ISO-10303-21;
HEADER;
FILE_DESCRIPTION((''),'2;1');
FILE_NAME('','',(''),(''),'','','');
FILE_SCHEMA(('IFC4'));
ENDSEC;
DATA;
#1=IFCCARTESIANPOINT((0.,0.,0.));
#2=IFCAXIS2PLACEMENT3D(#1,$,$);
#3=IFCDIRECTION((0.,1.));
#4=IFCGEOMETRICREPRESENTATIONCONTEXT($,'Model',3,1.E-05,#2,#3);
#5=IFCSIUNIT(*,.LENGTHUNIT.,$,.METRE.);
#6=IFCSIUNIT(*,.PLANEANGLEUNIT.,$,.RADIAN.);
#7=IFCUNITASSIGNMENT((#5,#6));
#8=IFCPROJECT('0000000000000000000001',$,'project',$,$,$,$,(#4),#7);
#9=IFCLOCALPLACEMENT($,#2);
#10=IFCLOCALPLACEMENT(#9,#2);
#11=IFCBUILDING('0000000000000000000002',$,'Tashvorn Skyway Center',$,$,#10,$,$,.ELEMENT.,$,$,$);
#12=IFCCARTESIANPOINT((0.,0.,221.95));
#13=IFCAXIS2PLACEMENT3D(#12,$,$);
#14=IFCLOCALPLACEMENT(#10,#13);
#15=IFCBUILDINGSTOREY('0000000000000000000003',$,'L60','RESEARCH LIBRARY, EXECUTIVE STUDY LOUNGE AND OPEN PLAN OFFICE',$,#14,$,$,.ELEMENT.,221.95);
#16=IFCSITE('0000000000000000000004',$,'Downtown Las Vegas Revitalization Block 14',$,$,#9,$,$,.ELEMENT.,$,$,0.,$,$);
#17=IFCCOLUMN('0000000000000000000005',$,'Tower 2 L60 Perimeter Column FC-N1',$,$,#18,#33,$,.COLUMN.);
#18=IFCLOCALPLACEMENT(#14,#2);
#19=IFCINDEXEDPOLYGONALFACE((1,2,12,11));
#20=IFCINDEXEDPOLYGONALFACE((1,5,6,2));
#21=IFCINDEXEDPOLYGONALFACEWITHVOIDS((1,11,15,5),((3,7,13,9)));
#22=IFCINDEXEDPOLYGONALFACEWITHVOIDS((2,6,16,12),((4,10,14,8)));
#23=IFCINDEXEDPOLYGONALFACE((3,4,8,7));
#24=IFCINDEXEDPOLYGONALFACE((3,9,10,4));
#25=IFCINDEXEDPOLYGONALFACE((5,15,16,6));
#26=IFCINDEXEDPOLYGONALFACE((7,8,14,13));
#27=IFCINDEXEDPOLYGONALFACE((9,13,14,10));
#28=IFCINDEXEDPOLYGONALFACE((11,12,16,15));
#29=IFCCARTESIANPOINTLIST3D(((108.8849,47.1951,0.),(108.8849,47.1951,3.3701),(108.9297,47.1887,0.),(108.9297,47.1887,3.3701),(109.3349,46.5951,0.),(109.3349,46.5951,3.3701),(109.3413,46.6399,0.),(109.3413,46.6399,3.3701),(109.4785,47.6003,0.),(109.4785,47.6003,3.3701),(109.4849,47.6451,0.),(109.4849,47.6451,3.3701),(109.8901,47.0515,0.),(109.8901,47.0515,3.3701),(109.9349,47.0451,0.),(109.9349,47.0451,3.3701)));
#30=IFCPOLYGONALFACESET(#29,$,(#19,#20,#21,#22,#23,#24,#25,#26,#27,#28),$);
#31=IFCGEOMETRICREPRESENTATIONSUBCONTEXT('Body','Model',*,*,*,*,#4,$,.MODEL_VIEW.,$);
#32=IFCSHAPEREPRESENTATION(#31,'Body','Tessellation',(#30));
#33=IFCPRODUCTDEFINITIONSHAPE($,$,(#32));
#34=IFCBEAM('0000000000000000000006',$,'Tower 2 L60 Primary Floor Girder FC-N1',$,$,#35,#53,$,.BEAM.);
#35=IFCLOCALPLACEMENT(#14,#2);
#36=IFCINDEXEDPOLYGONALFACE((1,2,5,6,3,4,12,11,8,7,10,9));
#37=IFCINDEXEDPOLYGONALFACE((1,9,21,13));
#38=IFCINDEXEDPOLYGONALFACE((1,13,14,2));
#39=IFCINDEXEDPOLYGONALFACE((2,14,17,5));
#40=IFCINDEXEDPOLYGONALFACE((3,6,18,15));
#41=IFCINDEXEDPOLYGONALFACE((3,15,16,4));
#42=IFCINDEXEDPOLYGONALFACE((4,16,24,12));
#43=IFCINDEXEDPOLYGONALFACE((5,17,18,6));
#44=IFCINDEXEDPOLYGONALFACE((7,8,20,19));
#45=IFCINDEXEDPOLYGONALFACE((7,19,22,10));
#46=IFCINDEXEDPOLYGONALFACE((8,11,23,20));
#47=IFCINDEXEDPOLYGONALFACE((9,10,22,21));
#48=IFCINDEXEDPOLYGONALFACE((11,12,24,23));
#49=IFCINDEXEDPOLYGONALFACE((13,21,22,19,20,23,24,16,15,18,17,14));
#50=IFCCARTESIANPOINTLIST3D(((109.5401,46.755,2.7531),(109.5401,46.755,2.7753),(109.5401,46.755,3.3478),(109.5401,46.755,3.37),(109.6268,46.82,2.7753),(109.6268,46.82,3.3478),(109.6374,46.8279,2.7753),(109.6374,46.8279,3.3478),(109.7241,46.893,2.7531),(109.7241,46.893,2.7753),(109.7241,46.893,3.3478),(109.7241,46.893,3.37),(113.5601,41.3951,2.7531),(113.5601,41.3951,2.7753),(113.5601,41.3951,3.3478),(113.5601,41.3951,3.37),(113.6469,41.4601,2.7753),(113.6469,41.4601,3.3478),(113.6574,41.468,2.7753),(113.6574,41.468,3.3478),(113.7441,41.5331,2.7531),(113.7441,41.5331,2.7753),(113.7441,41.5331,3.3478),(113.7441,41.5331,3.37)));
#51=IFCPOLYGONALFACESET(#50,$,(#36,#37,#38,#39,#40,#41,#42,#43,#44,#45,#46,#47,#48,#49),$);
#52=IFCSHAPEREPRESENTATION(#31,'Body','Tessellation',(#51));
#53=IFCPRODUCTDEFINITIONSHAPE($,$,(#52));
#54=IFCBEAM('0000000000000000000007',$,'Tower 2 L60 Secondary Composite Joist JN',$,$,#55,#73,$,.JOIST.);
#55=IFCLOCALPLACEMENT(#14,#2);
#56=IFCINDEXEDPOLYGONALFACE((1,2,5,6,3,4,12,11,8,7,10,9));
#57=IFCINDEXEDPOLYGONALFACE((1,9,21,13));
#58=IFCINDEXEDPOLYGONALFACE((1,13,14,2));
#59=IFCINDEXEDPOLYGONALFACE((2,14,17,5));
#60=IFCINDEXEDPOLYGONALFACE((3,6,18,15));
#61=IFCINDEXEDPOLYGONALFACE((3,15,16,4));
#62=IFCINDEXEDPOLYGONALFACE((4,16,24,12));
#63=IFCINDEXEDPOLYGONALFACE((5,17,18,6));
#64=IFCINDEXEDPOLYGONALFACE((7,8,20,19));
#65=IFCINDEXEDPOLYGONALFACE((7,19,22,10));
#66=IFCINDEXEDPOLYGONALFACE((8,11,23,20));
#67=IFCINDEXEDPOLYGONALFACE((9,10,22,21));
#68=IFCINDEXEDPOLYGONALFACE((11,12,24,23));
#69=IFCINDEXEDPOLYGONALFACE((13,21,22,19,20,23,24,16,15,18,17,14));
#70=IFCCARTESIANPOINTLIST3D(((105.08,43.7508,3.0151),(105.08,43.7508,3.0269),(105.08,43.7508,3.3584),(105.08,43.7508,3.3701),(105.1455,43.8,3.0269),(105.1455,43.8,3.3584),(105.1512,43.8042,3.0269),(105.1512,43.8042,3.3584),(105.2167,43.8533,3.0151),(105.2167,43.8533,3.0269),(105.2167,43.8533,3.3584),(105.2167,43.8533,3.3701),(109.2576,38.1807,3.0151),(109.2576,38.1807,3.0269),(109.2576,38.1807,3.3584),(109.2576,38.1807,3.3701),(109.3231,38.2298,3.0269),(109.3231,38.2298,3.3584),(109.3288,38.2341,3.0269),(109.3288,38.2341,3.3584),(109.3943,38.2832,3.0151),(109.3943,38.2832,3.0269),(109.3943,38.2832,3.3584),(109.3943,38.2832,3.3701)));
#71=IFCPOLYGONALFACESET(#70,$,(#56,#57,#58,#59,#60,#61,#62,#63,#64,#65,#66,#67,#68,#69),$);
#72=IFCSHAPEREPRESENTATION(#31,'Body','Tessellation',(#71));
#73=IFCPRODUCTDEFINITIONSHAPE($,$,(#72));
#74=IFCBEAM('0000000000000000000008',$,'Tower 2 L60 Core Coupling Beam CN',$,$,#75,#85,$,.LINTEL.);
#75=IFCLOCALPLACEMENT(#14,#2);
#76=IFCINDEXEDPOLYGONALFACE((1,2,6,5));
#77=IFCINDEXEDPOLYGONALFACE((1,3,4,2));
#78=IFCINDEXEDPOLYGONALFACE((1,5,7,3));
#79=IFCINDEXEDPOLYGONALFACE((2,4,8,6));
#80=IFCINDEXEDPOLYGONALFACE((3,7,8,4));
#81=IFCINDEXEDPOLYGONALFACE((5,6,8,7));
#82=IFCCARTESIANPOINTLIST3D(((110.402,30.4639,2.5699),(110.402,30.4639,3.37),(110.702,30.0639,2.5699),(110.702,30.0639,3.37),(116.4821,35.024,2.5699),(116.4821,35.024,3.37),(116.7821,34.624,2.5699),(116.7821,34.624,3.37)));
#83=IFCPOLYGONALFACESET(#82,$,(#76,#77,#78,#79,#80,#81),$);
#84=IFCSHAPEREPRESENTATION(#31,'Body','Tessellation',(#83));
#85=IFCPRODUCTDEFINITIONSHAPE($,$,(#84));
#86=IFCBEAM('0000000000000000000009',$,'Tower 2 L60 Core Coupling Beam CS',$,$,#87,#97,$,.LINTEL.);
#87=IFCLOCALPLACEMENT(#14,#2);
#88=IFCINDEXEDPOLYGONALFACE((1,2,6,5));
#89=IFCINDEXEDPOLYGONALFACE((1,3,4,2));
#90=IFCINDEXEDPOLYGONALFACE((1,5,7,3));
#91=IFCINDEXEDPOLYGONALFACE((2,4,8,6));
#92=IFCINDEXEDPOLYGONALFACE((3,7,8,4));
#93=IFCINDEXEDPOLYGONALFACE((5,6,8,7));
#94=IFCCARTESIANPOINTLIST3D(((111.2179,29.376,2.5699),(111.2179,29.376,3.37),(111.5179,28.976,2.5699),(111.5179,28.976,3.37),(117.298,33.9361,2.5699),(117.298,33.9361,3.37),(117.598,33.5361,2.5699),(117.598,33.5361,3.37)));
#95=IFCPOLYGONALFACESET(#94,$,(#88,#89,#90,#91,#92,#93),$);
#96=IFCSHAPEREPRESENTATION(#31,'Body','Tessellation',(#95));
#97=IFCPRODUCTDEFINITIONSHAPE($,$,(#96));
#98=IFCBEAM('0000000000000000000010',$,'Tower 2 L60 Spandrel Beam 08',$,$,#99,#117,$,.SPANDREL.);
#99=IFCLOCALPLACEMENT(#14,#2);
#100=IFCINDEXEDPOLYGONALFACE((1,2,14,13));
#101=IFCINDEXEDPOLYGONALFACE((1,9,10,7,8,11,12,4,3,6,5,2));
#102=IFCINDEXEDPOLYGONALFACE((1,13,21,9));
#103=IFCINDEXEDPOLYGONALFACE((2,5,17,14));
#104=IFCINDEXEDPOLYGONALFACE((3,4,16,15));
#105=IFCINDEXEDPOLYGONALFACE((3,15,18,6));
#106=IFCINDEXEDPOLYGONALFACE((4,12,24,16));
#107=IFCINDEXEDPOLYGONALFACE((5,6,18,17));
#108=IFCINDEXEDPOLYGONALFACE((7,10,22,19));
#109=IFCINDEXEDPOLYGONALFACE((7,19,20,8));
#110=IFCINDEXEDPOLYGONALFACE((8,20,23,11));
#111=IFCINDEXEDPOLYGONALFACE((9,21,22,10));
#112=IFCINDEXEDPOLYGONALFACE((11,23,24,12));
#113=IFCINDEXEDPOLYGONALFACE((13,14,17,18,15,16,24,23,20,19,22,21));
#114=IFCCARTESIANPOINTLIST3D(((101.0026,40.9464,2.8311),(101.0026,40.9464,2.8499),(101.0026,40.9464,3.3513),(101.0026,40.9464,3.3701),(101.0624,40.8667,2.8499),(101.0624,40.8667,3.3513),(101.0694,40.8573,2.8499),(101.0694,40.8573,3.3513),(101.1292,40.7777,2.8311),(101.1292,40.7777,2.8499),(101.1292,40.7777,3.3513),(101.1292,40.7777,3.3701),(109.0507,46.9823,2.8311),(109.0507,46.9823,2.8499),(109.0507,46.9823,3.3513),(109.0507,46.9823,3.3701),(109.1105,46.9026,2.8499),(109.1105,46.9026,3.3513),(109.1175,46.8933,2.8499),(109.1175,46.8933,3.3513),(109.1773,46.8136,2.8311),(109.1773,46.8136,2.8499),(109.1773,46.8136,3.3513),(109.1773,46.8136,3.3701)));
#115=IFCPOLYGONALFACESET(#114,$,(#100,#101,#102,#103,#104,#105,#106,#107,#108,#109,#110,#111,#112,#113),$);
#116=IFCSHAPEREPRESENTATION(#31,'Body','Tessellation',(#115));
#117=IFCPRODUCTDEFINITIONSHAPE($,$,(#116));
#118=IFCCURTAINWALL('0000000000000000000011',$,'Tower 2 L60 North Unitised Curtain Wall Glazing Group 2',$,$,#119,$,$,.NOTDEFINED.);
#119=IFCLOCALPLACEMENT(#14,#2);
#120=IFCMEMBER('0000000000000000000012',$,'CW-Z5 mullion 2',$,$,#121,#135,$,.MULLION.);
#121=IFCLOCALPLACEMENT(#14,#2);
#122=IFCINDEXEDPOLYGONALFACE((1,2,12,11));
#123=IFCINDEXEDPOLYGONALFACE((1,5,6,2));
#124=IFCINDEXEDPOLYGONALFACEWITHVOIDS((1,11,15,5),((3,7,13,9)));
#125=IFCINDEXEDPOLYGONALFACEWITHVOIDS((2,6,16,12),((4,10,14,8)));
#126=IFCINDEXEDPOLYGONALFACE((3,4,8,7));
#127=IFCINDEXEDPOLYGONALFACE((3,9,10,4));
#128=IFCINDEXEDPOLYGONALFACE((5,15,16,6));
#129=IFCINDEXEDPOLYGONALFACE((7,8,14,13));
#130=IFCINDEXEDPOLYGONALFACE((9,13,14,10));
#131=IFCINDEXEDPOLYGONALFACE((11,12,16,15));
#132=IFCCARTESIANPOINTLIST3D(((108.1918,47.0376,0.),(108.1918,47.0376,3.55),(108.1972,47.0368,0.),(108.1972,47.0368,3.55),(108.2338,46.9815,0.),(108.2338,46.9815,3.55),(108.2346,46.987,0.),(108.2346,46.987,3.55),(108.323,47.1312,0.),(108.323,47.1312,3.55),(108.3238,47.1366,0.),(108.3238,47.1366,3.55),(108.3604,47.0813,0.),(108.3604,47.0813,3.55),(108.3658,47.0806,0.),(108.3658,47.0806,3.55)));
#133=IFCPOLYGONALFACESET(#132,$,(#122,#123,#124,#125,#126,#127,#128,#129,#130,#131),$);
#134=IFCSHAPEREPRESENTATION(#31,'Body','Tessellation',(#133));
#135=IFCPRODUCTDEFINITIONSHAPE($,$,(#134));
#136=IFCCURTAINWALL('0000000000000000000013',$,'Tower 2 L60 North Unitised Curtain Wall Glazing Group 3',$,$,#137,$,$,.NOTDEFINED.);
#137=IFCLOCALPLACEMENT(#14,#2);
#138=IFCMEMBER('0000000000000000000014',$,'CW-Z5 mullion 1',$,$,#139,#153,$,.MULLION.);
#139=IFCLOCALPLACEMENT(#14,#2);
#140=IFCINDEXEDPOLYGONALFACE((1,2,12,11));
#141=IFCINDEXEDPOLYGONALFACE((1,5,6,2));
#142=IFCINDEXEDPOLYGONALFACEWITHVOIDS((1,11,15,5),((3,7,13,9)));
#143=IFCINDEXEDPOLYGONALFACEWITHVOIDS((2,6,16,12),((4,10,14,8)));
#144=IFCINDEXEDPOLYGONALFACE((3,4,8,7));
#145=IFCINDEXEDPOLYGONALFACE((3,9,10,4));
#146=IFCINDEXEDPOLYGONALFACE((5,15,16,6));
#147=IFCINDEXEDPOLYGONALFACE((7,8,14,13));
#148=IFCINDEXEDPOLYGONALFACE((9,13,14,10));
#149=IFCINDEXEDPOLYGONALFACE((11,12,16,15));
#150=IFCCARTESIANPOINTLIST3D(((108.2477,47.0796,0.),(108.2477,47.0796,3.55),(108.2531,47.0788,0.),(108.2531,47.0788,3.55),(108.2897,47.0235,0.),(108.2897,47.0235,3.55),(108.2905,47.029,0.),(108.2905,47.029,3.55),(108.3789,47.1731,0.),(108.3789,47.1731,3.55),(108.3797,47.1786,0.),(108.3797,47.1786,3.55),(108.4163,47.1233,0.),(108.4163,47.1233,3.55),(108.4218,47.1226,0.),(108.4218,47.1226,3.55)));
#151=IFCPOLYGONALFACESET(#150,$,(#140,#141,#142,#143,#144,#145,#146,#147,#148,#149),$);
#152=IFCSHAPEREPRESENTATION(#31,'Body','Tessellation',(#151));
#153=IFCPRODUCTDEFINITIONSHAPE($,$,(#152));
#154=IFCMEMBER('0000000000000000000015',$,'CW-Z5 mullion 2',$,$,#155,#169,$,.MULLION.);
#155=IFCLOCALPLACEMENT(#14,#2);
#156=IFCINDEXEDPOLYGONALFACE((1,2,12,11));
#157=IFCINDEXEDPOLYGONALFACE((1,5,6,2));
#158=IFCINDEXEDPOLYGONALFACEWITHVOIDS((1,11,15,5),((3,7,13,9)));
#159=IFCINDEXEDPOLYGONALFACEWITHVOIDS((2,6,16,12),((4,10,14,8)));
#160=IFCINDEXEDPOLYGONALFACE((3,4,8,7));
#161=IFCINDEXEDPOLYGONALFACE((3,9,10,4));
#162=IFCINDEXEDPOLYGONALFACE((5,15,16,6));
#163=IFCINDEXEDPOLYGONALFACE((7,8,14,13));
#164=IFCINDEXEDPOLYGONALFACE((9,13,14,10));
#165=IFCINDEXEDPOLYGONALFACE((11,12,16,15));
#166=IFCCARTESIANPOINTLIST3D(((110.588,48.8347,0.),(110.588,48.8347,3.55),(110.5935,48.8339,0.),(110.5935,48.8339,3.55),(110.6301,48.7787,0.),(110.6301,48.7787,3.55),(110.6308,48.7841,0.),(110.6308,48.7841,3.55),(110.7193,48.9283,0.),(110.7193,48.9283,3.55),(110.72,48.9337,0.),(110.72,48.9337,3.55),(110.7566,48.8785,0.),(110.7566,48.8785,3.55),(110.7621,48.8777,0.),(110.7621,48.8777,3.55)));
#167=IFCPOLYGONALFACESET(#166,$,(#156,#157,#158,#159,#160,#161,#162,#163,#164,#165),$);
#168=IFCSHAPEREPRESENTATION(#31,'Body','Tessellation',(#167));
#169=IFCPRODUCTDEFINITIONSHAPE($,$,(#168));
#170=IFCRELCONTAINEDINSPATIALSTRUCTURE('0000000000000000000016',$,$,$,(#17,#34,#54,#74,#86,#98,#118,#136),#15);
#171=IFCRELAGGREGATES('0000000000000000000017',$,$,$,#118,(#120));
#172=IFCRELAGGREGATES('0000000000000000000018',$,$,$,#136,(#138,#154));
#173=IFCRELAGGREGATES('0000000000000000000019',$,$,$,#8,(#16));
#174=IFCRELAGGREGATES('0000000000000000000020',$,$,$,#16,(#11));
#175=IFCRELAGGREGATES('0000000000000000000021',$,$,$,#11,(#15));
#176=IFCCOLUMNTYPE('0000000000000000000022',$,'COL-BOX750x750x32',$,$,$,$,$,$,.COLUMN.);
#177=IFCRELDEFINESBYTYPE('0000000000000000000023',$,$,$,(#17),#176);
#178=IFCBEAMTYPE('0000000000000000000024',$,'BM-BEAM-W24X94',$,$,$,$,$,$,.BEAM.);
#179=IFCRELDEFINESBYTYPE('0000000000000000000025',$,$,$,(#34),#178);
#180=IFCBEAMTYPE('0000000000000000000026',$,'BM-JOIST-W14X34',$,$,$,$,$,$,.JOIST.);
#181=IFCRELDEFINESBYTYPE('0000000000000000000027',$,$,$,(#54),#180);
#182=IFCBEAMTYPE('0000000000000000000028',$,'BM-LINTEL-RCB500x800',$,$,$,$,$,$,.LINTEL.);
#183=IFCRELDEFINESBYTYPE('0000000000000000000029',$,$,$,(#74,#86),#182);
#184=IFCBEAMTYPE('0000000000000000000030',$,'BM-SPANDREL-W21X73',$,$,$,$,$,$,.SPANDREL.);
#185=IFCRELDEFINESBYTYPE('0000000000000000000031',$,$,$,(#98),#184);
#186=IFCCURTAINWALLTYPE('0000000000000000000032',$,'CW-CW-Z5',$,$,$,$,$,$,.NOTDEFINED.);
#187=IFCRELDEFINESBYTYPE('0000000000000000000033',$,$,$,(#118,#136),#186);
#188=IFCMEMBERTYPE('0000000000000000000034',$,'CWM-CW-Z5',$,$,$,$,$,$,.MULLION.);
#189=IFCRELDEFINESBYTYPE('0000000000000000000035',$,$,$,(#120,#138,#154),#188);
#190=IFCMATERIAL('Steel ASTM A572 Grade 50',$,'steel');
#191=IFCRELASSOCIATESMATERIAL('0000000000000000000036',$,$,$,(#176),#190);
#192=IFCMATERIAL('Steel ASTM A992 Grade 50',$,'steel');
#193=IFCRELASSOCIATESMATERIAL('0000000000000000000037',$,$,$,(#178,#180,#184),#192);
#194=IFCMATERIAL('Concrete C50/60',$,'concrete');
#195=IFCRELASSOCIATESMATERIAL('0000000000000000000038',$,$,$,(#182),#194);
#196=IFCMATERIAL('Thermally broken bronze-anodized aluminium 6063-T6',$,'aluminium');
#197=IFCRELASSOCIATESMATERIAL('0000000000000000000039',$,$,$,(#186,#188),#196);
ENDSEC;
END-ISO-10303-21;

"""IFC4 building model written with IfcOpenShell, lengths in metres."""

from ifc_helpers import new_model, si_unit, direction, frame, origin, origin_2d, place, context, subcontext, project, spatial, rectangle, hollow_rectangle, i_section, extrude, material, material_profile, profile_set, type_object, element, aggregate, save


model = new_model("IFC4")

# Units and contexts
model_context = context("Model", 3, precision=1e-05, world=origin(), true_north=direction((0.0, 1.0)))
body_context = subcontext(model_context, "Body", "Model", "MODEL_VIEW")
ifc_project = project(units=[si_unit("LENGTHUNIT", "METRE"), si_unit("PLANEANGLEUNIT", "RADIAN")], contexts=[model_context])

# Site, building, storey
site_placement = place(None, origin())
site = spatial("IfcSite", under=ifc_project, at=site_placement, Name="Downtown Las Vegas Revitalization Block 14", CompositionType="ELEMENT", RefElevation=0.0)
building_placement = place(site_placement, origin())
building = spatial("IfcBuilding", under=site, at=building_placement, Name="Tashvorn Skyway Center", CompositionType="ELEMENT")
storey_placement = place(building_placement, frame((0.0, 0.0, 221.95)))
storey = spatial("IfcBuildingStorey", under=building, at=storey_placement, Name="L60", Description="RESEARCH LIBRARY, EXECUTIVE STUDY LOUNGE AND OPEN PLAN OFFICE", CompositionType="ELEMENT", Elevation=221.95)

# Column
ifc_material_1 = material(Name="Steel ASTM A572 Grade 50", Category="steel")
ifc_material_profile_1 = material_profile(ifc_material_1, hollow_rectangle(XDim=0.75, YDim=0.75, WallThickness=0.032, at=origin_2d()), Name="BOX750x750x32")
ifc_profile_set_1 = profile_set([ifc_material_profile_1], Name="Steel ASTM A572 Grade 50")
column_type = type_object("IfcColumnType", Name="COL-BOX750x750x32", PredefinedType="COLUMN", material=ifc_profile_set_1)
column_placement = place(storey_placement, frame((109.4099, 47.1201, 0.0), z_axis=(0.0, 0.0, 1.0), x_axis=(0.8, 0.6, 0.0)))
element("IfcColumn", 1, at=column_placement, inside=storey, type_object=column_type, Name="Tower 2 L60 Perimeter Column FC-N1", PredefinedType="COLUMN", context=body_context, shape_type="SweptSolid", body=[
    extrude(hollow_rectangle(XDim=0.75, YDim=0.75, WallThickness=0.032, at=origin_2d()), origin(), (0.0, 0.0, 1.0), 3.3701),
])

# Beams
ifc_material_2 = material(Name="Steel ASTM A992 Grade 50", Category="steel")
ifc_material_profile_2 = material_profile(ifc_material_2, i_section(OverallWidth=0.23, OverallDepth=0.6169, WebThickness=0.0132, FlangeThickness=0.0222, at=origin_2d()), Name="W24X94")
ifc_profile_set_2 = profile_set([ifc_material_profile_2], Name="Steel ASTM A992 Grade 50")
beam_type_1 = type_object("IfcBeamType", Name="BM-BEAM-W24X94", PredefinedType="BEAM", material=ifc_profile_set_2)
beam_1_placement = place(storey_placement, frame((109.6321, 46.824, 3.0615), z_axis=(0.600012, -0.799991, 0.0), x_axis=(0.799991, 0.600012, 0.0)))
element("IfcBeam", 2, at=beam_1_placement, inside=storey, type_object=beam_type_1, Name="Tower 2 L60 Primary Floor Girder FC-N1", PredefinedType="BEAM", context=body_context, shape_type="SweptSolid", body=[
    extrude(i_section(OverallWidth=0.23, OverallDepth=0.6169, WebThickness=0.0132, FlangeThickness=0.0222, at=origin_2d()), origin(), (0.0, 0.0, 1.0), 6.7),
])
ifc_material_profile_3 = material_profile(ifc_material_2, i_section(OverallWidth=0.1709, OverallDepth=0.355, WebThickness=0.0071, FlangeThickness=0.0117, at=origin_2d()), Name="W14X34")
ifc_profile_set_3 = profile_set([ifc_material_profile_3], Name="Steel ASTM A992 Grade 50")
beam_type_2 = type_object("IfcBeamType", Name="BM-JOIST-W14X34", PredefinedType="JOIST", material=ifc_profile_set_3)
beam_2_placement = place(storey_placement, frame((109.3259, 38.2319, 3.1926), z_axis=(-0.599994, 0.800004, 0.0), x_axis=(-0.800004, -0.599994, 0.0)))
element("IfcBeam", 3, at=beam_2_placement, inside=storey, type_object=beam_type_2, Name="Tower 2 L60 Secondary Composite Joist JN", PredefinedType="JOIST", context=body_context, shape_type="SweptSolid", body=[
    extrude(i_section(OverallWidth=0.1709, OverallDepth=0.355, WebThickness=0.0071, FlangeThickness=0.0117, at=origin_2d()), origin(), (0.0, 0.0, 1.0), 6.9626),
])
ifc_material_3 = material(Name="Concrete C50/60", Category="concrete")
ifc_material_profile_4 = material_profile(ifc_material_3, rectangle(XDim=0.5, YDim=0.8, at=origin_2d()), Name="RCB500x800")
ifc_profile_set_4 = profile_set([ifc_material_profile_4], Name="Concrete C50/60")
beam_type_3 = type_object("IfcBeamType", Name="BM-LINTEL-RCB500x800", PredefinedType="LINTEL", material=ifc_profile_set_4)
for number, where, z_axis, x_axis, name in (
    (4, (110.552, 30.2639, 2.97), (0.8, 0.6, 0.0), (-0.6, 0.8, 0.0), "Tower 2 L60 Core Coupling Beam CN"),
    (5, (111.3679, 29.176, 2.97), (0.8, 0.6, 0.0), (-0.6, 0.8, 0.0), "Tower 2 L60 Core Coupling Beam CS"),
):
    element("IfcBeam", number, at=place(storey_placement, frame(where, z_axis=z_axis, x_axis=x_axis)), inside=storey, type_object=beam_type_3, Name=name, PredefinedType="LINTEL", context=body_context, shape_type="SweptSolid", body=[
        extrude(rectangle(XDim=0.5, YDim=0.8, at=origin_2d()), origin(), (0.0, 0.0, 1.0), 7.6001),
    ])
ifc_material_profile_5 = material_profile(ifc_material_2, i_section(OverallWidth=0.2109, OverallDepth=0.5391, WebThickness=0.0117, FlangeThickness=0.0188, at=origin_2d()), Name="W21X73")
ifc_profile_set_5 = profile_set([ifc_material_profile_5], Name="Steel ASTM A992 Grade 50")
beam_type_4 = type_object("IfcBeamType", Name="BM-SPANDREL-W21X73", PredefinedType="SPANDREL", material=ifc_profile_set_5)
beam_3_placement = place(storey_placement, frame((109.114, 46.8979, 3.1006), z_axis=(-0.800009, -0.599988, 0.0), x_axis=(0.599988, -0.800009, 0.0)))
element("IfcBeam", 6, at=beam_3_placement, inside=storey, type_object=beam_type_4, Name="Tower 2 L60 Spandrel Beam 08", PredefinedType="SPANDREL", context=body_context, shape_type="SweptSolid", body=[
    extrude(i_section(OverallWidth=0.2109, OverallDepth=0.5391, WebThickness=0.0117, FlangeThickness=0.0188, at=origin_2d()), origin(), (0.0, 0.0, 1.0), 10.0601),
])

# Curtain wall, member
ifc_material_4 = material(Name="Thermally broken bronze-anodized aluminium 6063-T6", Category="aluminium")
curtain_wall_type = type_object("IfcCurtainWallType", Name="CW-CW-Z5", PredefinedType="NOTDEFINED", material=ifc_material_4)
curtain_wall_1_placement = place(storey_placement, origin())
curtain_wall_1 = element("IfcCurtainWall", 7, at=curtain_wall_1_placement, inside=storey, type_object=curtain_wall_type, Name="Tower 2 L60 North Unitised Curtain Wall Glazing Group 2", PredefinedType="NOTDEFINED")
ifc_material_profile_6 = material_profile(ifc_material_4, hollow_rectangle(XDim=0.0701, YDim=0.165, WallThickness=0.0039, at=origin_2d()), Name="ALU-MULL-70x165")
ifc_profile_set_6 = profile_set([ifc_material_profile_6], Name="Thermally broken bronze-anodized aluminium 6063-T6")
member_type_1 = type_object("IfcMemberType", Name="CWM-CW-Z5", PredefinedType="MULLION", material=ifc_profile_set_6)
member_1_placement = place(storey_placement, frame((108.2788, 47.0591, 0.0), z_axis=(0.0, 0.0, 1.0), x_axis=(-0.599996, 0.800003, 0.0)))
member_1 = element("IfcMember", 8, at=member_1_placement, type_object=member_type_1, Name="CW-Z5 mullion 2", PredefinedType="MULLION", context=body_context, shape_type="SweptSolid", body=[
    extrude(hollow_rectangle(XDim=0.0701, YDim=0.165, WallThickness=0.0039, at=origin_2d()), origin(), (0.0, 0.0, 1.0), 3.55),
])
aggregate(curtain_wall_1, [member_1])

# Curtain wall, members
curtain_wall_2_placement = place(storey_placement, origin())
curtain_wall_2 = element("IfcCurtainWall", 9, at=curtain_wall_2_placement, inside=storey, type_object=curtain_wall_type, Name="Tower 2 L60 North Unitised Curtain Wall Glazing Group 3", PredefinedType="NOTDEFINED")
member_2_placement = place(storey_placement, frame((108.3347, 47.1011, 0.0), z_axis=(0.0, 0.0, 1.0), x_axis=(-0.6, 0.8, 0.0)))
member_2 = element("IfcMember", 10, at=member_2_placement, type_object=member_type_1, Name="CW-Z5 mullion 1", PredefinedType="MULLION", context=body_context, shape_type="SweptSolid", body=[
    extrude(hollow_rectangle(XDim=0.0701, YDim=0.165, WallThickness=0.0039, at=origin_2d()), origin(), (0.0, 0.0, 1.0), 3.55),
])
member_3_placement = place(storey_placement, frame((110.675, 48.8562, 0.0), z_axis=(0.0, 0.0, 1.0), x_axis=(-0.6, 0.8, 0.0)))
member_3 = element("IfcMember", 11, at=member_3_placement, type_object=member_type_1, Name="CW-Z5 mullion 2", PredefinedType="MULLION", context=body_context, shape_type="SweptSolid", body=[
    extrude(hollow_rectangle(XDim=0.0701, YDim=0.165, WallThickness=0.0039, at=origin_2d()), origin(), (0.0, 0.0, 1.0), 3.55),
])
aggregate(curtain_wall_2, [member_2, member_3])

save(model, "model.ifc")
